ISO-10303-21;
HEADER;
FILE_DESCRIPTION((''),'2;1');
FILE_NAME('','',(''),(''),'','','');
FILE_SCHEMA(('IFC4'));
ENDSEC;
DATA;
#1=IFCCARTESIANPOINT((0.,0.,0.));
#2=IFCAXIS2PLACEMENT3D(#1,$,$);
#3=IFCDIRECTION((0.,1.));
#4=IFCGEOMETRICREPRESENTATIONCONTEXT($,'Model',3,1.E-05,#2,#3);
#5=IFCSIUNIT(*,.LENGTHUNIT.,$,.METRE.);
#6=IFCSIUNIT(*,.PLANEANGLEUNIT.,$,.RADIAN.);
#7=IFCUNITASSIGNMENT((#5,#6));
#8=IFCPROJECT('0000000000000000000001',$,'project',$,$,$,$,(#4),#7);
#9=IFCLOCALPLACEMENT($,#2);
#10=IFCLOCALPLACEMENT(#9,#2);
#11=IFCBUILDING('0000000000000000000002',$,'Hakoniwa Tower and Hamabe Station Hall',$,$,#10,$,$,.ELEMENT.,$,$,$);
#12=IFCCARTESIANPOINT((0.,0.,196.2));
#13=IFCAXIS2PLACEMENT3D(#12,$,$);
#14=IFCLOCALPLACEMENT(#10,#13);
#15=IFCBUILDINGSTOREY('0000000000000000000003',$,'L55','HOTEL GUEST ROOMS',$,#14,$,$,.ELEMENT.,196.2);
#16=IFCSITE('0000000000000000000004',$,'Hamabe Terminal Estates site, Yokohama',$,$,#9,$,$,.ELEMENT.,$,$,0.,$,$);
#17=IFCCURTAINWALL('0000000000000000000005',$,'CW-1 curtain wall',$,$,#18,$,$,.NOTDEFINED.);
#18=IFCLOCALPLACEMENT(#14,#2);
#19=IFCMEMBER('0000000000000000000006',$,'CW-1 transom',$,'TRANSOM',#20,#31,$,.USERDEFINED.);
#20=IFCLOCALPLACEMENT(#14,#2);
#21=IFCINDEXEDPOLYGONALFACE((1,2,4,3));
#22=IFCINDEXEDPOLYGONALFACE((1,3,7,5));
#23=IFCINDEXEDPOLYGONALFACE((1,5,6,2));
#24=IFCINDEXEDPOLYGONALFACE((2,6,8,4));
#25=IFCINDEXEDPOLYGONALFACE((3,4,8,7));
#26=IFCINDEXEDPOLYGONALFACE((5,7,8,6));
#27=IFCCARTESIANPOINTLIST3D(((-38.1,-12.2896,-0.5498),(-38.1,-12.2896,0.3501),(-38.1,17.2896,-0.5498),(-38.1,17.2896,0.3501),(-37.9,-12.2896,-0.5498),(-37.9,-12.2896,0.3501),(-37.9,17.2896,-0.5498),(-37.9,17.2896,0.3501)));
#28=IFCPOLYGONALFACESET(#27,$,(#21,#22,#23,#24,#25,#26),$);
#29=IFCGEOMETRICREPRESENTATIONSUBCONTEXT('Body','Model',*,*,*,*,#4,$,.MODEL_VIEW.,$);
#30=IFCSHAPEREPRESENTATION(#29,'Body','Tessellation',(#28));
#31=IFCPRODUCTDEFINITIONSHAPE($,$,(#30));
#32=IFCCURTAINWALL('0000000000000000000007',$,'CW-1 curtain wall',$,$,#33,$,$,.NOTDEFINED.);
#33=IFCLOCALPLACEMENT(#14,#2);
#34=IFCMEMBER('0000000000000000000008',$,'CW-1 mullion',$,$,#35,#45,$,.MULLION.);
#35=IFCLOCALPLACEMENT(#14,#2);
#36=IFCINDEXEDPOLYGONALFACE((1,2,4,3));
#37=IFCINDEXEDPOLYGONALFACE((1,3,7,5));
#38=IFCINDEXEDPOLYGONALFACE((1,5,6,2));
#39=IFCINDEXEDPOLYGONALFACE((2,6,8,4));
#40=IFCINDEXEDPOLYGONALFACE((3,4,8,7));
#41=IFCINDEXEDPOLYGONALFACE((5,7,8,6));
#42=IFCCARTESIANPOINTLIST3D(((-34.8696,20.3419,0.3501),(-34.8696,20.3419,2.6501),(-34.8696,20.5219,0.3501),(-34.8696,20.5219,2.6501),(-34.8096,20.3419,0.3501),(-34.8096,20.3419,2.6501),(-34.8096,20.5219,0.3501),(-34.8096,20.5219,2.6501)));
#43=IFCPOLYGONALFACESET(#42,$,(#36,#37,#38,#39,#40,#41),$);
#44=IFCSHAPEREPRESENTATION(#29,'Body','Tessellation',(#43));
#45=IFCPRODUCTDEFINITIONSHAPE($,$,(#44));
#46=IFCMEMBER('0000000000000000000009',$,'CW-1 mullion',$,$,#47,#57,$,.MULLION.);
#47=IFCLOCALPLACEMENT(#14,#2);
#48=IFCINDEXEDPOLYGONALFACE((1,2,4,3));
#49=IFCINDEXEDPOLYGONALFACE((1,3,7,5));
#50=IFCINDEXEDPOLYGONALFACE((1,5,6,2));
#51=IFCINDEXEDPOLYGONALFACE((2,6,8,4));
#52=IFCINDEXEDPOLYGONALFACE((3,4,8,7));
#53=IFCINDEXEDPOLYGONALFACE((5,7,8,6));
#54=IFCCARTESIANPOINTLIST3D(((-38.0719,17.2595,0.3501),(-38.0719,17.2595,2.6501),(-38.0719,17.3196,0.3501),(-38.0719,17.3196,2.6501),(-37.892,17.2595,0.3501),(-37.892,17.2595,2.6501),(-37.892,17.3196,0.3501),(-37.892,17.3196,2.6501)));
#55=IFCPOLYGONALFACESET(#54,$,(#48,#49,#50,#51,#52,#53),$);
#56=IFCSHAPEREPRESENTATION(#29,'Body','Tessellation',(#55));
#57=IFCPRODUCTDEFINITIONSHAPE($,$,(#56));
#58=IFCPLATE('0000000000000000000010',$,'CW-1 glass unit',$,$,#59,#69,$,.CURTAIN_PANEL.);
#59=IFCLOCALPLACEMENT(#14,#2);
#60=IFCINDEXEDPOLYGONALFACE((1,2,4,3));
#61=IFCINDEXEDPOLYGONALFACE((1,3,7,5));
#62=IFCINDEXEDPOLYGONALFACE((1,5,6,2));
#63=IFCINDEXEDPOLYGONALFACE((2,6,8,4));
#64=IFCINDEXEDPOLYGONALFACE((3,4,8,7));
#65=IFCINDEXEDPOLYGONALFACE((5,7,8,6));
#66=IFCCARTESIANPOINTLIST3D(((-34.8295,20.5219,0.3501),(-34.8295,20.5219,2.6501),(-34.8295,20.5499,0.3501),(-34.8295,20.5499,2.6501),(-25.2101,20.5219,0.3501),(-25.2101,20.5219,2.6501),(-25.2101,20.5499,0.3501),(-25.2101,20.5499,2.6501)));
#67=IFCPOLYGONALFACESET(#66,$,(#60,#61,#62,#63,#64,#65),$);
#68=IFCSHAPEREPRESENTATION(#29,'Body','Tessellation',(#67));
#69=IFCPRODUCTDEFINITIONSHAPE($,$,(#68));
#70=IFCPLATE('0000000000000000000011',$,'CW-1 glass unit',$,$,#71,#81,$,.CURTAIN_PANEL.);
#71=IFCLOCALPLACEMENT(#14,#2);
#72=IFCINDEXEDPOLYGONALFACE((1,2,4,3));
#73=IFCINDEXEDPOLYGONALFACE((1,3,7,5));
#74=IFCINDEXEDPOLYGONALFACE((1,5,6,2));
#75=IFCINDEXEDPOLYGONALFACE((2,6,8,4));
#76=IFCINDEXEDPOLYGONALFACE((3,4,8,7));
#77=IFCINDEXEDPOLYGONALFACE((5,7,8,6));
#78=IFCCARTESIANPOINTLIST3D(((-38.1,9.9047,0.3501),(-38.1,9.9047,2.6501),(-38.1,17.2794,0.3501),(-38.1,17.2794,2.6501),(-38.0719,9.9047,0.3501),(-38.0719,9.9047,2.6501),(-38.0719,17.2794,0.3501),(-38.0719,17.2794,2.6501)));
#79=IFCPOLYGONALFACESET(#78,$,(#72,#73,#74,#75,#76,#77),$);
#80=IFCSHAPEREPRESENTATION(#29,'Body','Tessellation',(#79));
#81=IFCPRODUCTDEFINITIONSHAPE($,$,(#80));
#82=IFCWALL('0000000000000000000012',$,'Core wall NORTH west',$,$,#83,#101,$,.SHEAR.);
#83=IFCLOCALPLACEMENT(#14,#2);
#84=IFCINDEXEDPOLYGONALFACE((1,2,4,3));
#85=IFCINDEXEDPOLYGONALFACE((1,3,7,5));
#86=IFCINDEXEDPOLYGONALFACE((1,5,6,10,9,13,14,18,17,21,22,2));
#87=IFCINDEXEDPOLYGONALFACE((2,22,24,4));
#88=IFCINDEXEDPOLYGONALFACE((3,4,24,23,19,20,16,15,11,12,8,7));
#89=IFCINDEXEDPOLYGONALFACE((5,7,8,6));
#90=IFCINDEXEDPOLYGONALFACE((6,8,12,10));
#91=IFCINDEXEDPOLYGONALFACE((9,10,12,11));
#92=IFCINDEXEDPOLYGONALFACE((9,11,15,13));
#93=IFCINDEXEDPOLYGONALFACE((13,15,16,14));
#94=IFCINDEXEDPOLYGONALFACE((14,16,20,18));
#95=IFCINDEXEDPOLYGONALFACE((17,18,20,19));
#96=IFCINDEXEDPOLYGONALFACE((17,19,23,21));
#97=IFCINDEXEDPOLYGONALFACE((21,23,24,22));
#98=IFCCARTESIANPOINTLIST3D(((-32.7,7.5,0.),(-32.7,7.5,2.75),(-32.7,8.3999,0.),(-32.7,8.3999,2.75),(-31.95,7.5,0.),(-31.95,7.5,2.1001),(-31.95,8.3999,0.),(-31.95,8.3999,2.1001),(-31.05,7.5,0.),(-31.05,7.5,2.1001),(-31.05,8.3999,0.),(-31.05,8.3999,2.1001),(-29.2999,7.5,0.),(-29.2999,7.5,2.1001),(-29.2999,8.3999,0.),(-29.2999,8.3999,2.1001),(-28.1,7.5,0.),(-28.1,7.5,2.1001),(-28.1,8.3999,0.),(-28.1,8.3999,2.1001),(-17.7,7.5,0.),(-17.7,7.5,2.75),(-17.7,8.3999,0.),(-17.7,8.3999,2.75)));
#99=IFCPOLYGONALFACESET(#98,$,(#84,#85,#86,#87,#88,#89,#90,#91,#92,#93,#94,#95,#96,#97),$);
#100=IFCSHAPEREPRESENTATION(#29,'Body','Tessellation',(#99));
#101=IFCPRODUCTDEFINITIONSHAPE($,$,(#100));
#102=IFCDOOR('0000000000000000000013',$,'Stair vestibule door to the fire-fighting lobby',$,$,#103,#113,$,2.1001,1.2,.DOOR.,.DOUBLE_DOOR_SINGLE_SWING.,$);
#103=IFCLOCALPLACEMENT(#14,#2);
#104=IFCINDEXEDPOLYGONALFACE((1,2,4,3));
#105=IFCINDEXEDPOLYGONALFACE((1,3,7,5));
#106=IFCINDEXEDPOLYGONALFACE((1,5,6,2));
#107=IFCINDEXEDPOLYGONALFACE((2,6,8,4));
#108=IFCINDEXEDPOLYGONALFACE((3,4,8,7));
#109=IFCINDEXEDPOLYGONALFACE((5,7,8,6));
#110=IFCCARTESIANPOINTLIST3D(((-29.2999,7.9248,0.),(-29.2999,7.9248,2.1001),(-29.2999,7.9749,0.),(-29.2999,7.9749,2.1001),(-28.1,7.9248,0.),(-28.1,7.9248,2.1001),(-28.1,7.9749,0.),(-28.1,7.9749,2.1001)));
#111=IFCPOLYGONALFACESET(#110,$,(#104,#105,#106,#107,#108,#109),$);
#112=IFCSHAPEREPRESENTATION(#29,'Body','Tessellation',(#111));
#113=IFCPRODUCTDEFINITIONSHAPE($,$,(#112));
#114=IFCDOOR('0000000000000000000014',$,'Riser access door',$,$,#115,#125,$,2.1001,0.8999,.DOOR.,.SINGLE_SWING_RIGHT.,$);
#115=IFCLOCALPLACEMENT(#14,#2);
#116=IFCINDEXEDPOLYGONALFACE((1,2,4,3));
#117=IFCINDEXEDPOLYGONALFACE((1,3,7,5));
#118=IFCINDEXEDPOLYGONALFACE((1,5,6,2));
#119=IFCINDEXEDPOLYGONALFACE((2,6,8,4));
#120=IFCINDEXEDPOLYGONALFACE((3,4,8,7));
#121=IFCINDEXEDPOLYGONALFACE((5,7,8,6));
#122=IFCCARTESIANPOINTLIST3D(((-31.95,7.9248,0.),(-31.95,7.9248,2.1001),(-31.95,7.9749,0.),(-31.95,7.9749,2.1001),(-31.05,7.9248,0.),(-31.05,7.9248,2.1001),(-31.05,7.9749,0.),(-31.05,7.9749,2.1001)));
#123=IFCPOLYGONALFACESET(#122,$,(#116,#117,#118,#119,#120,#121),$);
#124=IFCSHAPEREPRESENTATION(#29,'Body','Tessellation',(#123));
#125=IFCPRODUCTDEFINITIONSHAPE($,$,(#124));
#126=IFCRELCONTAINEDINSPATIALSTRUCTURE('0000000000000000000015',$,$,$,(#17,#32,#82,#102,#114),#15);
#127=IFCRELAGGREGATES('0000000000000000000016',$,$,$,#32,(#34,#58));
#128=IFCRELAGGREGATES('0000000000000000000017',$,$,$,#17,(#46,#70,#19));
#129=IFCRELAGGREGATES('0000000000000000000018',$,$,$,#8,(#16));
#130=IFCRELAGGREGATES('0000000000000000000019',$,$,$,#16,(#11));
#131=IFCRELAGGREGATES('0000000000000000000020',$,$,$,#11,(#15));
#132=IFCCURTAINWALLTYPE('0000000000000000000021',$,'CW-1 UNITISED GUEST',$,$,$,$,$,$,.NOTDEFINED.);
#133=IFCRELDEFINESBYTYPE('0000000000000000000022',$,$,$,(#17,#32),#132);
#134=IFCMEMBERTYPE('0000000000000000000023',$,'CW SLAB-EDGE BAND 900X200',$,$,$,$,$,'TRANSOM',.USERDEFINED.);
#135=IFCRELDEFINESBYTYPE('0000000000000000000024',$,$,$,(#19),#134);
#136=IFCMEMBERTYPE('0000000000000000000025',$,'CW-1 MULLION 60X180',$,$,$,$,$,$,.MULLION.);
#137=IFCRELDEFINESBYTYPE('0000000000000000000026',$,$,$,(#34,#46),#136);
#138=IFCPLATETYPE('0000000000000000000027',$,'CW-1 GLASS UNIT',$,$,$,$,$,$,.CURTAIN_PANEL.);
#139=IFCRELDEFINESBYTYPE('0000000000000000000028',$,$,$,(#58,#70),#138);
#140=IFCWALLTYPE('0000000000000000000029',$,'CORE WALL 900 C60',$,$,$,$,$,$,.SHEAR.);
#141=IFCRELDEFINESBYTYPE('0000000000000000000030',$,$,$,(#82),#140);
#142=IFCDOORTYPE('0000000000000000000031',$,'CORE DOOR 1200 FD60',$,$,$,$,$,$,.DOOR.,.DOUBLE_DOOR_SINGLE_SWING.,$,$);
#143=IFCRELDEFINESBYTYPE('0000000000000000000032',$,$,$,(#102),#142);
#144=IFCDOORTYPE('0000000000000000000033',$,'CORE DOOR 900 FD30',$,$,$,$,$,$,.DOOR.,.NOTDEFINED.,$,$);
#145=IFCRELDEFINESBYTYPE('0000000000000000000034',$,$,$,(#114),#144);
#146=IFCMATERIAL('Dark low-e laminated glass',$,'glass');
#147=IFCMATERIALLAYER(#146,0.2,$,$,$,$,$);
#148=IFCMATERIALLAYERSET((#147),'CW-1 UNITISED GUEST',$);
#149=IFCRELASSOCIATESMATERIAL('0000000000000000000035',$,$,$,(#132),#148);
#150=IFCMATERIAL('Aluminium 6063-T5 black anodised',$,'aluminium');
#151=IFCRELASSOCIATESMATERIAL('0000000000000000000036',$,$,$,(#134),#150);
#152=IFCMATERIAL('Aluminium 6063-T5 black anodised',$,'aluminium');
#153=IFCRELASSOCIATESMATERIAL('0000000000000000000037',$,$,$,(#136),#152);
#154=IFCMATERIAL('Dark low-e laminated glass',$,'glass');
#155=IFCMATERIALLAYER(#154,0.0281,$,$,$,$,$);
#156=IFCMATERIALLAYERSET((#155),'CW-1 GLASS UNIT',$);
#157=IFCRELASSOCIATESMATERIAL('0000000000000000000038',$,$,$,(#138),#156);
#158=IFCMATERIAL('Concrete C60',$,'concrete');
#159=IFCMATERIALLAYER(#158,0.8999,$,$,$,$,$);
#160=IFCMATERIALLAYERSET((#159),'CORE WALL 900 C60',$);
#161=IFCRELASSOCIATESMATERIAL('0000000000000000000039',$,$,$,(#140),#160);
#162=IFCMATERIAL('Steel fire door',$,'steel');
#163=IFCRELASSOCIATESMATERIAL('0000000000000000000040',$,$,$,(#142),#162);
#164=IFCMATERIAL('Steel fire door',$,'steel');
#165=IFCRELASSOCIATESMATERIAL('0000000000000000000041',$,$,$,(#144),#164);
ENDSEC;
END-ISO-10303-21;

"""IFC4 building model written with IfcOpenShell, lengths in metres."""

from ifc_helpers import new_model, si_unit, direction, frame, frame_2d, origin, origin_2d, place, context, subcontext, project, spatial, rectangle, extrude, material, layer, layer_set, material_profile, profile_set, type_object, element, fill, aggregate, save


model = new_model("IFC4")

# Units and contexts
model_context = context("Model", 3, precision=1e-05, world=origin(), true_north=direction((0.0, 1.0)))
body_context = subcontext(model_context, "Body", "Model", "MODEL_VIEW")
ifc_project = project(units=[si_unit("LENGTHUNIT", "METRE"), si_unit("PLANEANGLEUNIT", "RADIAN")], contexts=[model_context])

# Site, building, storey
site_placement = place(None, origin())
site = spatial("IfcSite", under=ifc_project, at=site_placement, Name="Hamabe Terminal Estates site, Yokohama", CompositionType="ELEMENT", RefElevation=0.0)
building_placement = place(site_placement, origin())
building = spatial("IfcBuilding", under=site, at=building_placement, Name="Hakoniwa Tower and Hamabe Station Hall", CompositionType="ELEMENT")
storey_placement = place(building_placement, frame((0.0, 0.0, 196.2)))
storey = spatial("IfcBuildingStorey", under=building, at=storey_placement, Name="L55", Description="HOTEL GUEST ROOMS", CompositionType="ELEMENT", Elevation=196.2)

# Curtain walls, members
ifc_material_1 = material(Name="Dark low-e laminated glass", Category="glass")
ifc_layer_1 = layer(ifc_material_1, 0.2)
ifc_layer_set_1 = layer_set([ifc_layer_1], Name="CW-1 UNITISED GUEST")
curtain_wall_type = type_object("IfcCurtainWallType", Name="CW-1 UNITISED GUEST", PredefinedType="NOTDEFINED", material=ifc_layer_set_1)
curtain_wall_1_placement = place(storey_placement, origin())
curtain_wall_1 = element("IfcCurtainWall", 1, at=curtain_wall_1_placement, inside=storey, type_object=curtain_wall_type, Name="CW-1 curtain wall", PredefinedType="NOTDEFINED")
ifc_material_2 = material(Name="Aluminium 6063-T5 black anodised", Category="aluminium")
ifc_material_profile_1 = material_profile(ifc_material_2, rectangle(XDim=0.2, YDim=0.8999, at=origin_2d()), Name="CW SLAB-EDGE BAND 900X200")
ifc_profile_set_1 = profile_set([ifc_material_profile_1], Name="Aluminium 6063-T5 black anodised")
member_type_1 = type_object("IfcMemberType", Name="CW SLAB-EDGE BAND 900X200", ElementType="TRANSOM", PredefinedType="USERDEFINED", material=ifc_profile_set_1)
member_1_placement = place(storey_placement, frame((-38.0, 17.2896, -0.0999), z_axis=(0.0, -1.0, 0.0), x_axis=(1.0, 0.0, 0.0)))
member_1 = element("IfcMember", 2, at=member_1_placement, type_object=member_type_1, Name="CW-1 transom", ObjectType="TRANSOM", PredefinedType="USERDEFINED", context=body_context, shape_type="SweptSolid", body=[
    extrude(rectangle(XDim=0.2, YDim=0.8999, at=origin_2d()), origin(), (0.0, 0.0, 1.0), 29.5791),
])
curtain_wall_2_placement = place(storey_placement, origin())
curtain_wall_2 = element("IfcCurtainWall", 3, at=curtain_wall_2_placement, inside=storey, type_object=curtain_wall_type, Name="CW-1 curtain wall", PredefinedType="NOTDEFINED")
ifc_material_3 = material(Name="Aluminium 6063-T5 black anodised", Category="aluminium")
ifc_material_profile_2 = material_profile(ifc_material_3, rectangle(XDim=0.0601, YDim=0.1799, at=origin_2d()), Name="CW-1 MULLION 60X180")
ifc_profile_set_2 = profile_set([ifc_material_profile_2], Name="Aluminium 6063-T5 black anodised")
member_type_2 = type_object("IfcMemberType", Name="CW-1 MULLION 60X180", PredefinedType="MULLION", material=ifc_profile_set_2)
member_2_placement = place(storey_placement, frame((-34.8396, 20.4319, 0.3501), z_axis=(0.0, 0.0, 1.0), x_axis=(-1.0, 0.0, 0.0)))
member_2 = element("IfcMember", 4, at=member_2_placement, type_object=member_type_2, Name="CW-1 mullion", PredefinedType="MULLION", context=body_context, shape_type="SweptSolid", body=[
    extrude(rectangle(XDim=0.0601, YDim=0.1799, at=origin_2d()), origin(), (0.0, 0.0, 1.0), 2.3),
])

# Member
member_3_placement = place(storey_placement, frame((-37.9819, 17.2896, 0.3501), z_axis=(0.0, 0.0, 1.0), x_axis=(0.0, -1.0, 0.0)))
member_3 = element("IfcMember", 5, at=member_3_placement, type_object=member_type_2, Name="CW-1 mullion", PredefinedType="MULLION", context=body_context, shape_type="SweptSolid", body=[
    extrude(rectangle(XDim=0.0601, YDim=0.1799, at=origin_2d()), origin(), (0.0, 0.0, 1.0), 2.3),
])

# Plates
ifc_material_4 = material(Name="Dark low-e laminated glass", Category="glass")
ifc_layer_2 = layer(ifc_material_4, 0.0281)
ifc_layer_set_2 = layer_set([ifc_layer_2], Name="CW-1 GLASS UNIT")
plate_type = type_object("IfcPlateType", Name="CW-1 GLASS UNIT", PredefinedType="CURTAIN_PANEL", material=ifc_layer_set_2)
plate_1_placement = place(storey_placement, frame((-30.0198, 20.5359, 0.3501), z_axis=(0.0, 0.0, 1.0), x_axis=(-1.0, 0.0, 0.0)))
plate_1 = element("IfcPlate", 6, at=plate_1_placement, type_object=plate_type, Name="CW-1 glass unit", PredefinedType="CURTAIN_PANEL", context=body_context, shape_type="SweptSolid", body=[
    extrude(rectangle(XDim=9.6194, YDim=0.0281, at=origin_2d()), origin(), (0.0, 0.0, 1.0), 2.3),
])
aggregate(curtain_wall_2, [member_2, plate_1])
plate_2_placement = place(storey_placement, frame((-38.0859, 13.592, 0.3501), z_axis=(0.0, 0.0, 1.0), x_axis=(0.0, -1.0, 0.0)))
plate_2 = element("IfcPlate", 7, at=plate_2_placement, type_object=plate_type, Name="CW-1 glass unit", PredefinedType="CURTAIN_PANEL", context=body_context, shape_type="SweptSolid", body=[
    extrude(rectangle(XDim=7.3748, YDim=0.0281, at=origin_2d()), origin(), (0.0, 0.0, 1.0), 2.3),
])
aggregate(curtain_wall_1, [member_3, plate_2, member_1])

# Wall, openings, doors
ifc_material_5 = material(Name="Concrete C60", Category="concrete")
ifc_layer_3 = layer(ifc_material_5, 0.8999)
ifc_layer_set_3 = layer_set([ifc_layer_3], Name="CORE WALL 900 C60")
wall_type_1 = type_object("IfcWallType", Name="CORE WALL 900 C60", PredefinedType="SHEAR", material=ifc_layer_set_3)
wall_1_placement = place(storey_placement, frame((-32.7, 7.95, 0.0), z_axis=(0.0, 0.0, 1.0), x_axis=(1.0, 0.0, 0.0)))
wall_1 = element("IfcWall", 8, at=wall_1_placement, inside=storey, type_object=wall_type_1, Name="Core wall NORTH west", PredefinedType="SHEAR", context=body_context, shape_type="SweptSolid", body=[
    extrude(rectangle(XDim=15.0, YDim=0.8999, at=frame_2d((7.5, 0.0))), origin(), (0.0, 0.0, 1.0), 2.75),
])
opening_1_placement = place(wall_1_placement, frame((3.3999, 0.0, 0.0)))
opening_1 = element("IfcOpeningElement", 9, at=opening_1_placement, cuts=wall_1, PredefinedType="OPENING", context=body_context, shape_type="SweptSolid", body=[
    extrude(rectangle(XDim=1.2, YDim=2.1001, at=frame_2d((0.6001, 1.05))), frame((0.0, 0.46, 0.0), z_axis=(0.0, -1.0, 0.0), x_axis=(1.0, 0.0, 0.0)), (0.0, 0.0, 1.0), 0.9199),
])
opening_2_placement = place(wall_1_placement, frame((0.75, 0.0, 0.0)))
opening_2 = element("IfcOpeningElement", 10, at=opening_2_placement, cuts=wall_1, PredefinedType="OPENING", context=body_context, shape_type="SweptSolid", body=[
    extrude(rectangle(XDim=0.8999, YDim=2.1001, at=frame_2d((0.45, 1.05))), frame((0.0, 0.46, 0.0), z_axis=(0.0, -1.0, 0.0), x_axis=(1.0, 0.0, 0.0)), (0.0, 0.0, 1.0), 0.9199),
])
ifc_material_6 = material(Name="Steel fire door", Category="steel")
door_type_1 = type_object("IfcDoorType", Name="CORE DOOR 1200 FD60", OperationType="DOUBLE_DOOR_SINGLE_SWING", PredefinedType="DOOR", material=ifc_material_6)
door_1_placement = place(opening_1_placement, origin())
door_1 = element("IfcDoor", 11, at=door_1_placement, inside=storey, type_object=door_type_1, Name="Stair vestibule door to the fire-fighting lobby", OperationType="DOUBLE_DOOR_SINGLE_SWING", OverallHeight=2.1001, OverallWidth=1.2, PredefinedType="DOOR", context=body_context, shape_type="SweptSolid", body=[
    extrude(rectangle(XDim=1.2, YDim=2.1001, at=frame_2d((0.6001, 1.05))), frame((0.0, 0.0249, 0.0), z_axis=(0.0, -1.0, 0.0), x_axis=(1.0, 0.0, 0.0)), (0.0, 0.0, 1.0), 0.05),
])
fill(opening_1, door_1)
ifc_material_7 = material(Name="Steel fire door", Category="steel")
door_type_2 = type_object("IfcDoorType", Name="CORE DOOR 900 FD30", OperationType="NOTDEFINED", PredefinedType="DOOR", material=ifc_material_7)
door_2_placement = place(opening_2_placement, origin())
door_2 = element("IfcDoor", 12, at=door_2_placement, inside=storey, type_object=door_type_2, Name="Riser access door", OperationType="SINGLE_SWING_RIGHT", OverallHeight=2.1001, OverallWidth=0.8999, PredefinedType="DOOR", context=body_context, shape_type="SweptSolid", body=[
    extrude(rectangle(XDim=0.8999, YDim=2.1001, at=frame_2d((0.45, 1.05))), frame((0.0, 0.0249, 0.0), z_axis=(0.0, -1.0, 0.0), x_axis=(1.0, 0.0, 0.0)), (0.0, 0.0, 1.0), 0.05),
])
fill(opening_2, door_2)

save(model, "model.ifc")
